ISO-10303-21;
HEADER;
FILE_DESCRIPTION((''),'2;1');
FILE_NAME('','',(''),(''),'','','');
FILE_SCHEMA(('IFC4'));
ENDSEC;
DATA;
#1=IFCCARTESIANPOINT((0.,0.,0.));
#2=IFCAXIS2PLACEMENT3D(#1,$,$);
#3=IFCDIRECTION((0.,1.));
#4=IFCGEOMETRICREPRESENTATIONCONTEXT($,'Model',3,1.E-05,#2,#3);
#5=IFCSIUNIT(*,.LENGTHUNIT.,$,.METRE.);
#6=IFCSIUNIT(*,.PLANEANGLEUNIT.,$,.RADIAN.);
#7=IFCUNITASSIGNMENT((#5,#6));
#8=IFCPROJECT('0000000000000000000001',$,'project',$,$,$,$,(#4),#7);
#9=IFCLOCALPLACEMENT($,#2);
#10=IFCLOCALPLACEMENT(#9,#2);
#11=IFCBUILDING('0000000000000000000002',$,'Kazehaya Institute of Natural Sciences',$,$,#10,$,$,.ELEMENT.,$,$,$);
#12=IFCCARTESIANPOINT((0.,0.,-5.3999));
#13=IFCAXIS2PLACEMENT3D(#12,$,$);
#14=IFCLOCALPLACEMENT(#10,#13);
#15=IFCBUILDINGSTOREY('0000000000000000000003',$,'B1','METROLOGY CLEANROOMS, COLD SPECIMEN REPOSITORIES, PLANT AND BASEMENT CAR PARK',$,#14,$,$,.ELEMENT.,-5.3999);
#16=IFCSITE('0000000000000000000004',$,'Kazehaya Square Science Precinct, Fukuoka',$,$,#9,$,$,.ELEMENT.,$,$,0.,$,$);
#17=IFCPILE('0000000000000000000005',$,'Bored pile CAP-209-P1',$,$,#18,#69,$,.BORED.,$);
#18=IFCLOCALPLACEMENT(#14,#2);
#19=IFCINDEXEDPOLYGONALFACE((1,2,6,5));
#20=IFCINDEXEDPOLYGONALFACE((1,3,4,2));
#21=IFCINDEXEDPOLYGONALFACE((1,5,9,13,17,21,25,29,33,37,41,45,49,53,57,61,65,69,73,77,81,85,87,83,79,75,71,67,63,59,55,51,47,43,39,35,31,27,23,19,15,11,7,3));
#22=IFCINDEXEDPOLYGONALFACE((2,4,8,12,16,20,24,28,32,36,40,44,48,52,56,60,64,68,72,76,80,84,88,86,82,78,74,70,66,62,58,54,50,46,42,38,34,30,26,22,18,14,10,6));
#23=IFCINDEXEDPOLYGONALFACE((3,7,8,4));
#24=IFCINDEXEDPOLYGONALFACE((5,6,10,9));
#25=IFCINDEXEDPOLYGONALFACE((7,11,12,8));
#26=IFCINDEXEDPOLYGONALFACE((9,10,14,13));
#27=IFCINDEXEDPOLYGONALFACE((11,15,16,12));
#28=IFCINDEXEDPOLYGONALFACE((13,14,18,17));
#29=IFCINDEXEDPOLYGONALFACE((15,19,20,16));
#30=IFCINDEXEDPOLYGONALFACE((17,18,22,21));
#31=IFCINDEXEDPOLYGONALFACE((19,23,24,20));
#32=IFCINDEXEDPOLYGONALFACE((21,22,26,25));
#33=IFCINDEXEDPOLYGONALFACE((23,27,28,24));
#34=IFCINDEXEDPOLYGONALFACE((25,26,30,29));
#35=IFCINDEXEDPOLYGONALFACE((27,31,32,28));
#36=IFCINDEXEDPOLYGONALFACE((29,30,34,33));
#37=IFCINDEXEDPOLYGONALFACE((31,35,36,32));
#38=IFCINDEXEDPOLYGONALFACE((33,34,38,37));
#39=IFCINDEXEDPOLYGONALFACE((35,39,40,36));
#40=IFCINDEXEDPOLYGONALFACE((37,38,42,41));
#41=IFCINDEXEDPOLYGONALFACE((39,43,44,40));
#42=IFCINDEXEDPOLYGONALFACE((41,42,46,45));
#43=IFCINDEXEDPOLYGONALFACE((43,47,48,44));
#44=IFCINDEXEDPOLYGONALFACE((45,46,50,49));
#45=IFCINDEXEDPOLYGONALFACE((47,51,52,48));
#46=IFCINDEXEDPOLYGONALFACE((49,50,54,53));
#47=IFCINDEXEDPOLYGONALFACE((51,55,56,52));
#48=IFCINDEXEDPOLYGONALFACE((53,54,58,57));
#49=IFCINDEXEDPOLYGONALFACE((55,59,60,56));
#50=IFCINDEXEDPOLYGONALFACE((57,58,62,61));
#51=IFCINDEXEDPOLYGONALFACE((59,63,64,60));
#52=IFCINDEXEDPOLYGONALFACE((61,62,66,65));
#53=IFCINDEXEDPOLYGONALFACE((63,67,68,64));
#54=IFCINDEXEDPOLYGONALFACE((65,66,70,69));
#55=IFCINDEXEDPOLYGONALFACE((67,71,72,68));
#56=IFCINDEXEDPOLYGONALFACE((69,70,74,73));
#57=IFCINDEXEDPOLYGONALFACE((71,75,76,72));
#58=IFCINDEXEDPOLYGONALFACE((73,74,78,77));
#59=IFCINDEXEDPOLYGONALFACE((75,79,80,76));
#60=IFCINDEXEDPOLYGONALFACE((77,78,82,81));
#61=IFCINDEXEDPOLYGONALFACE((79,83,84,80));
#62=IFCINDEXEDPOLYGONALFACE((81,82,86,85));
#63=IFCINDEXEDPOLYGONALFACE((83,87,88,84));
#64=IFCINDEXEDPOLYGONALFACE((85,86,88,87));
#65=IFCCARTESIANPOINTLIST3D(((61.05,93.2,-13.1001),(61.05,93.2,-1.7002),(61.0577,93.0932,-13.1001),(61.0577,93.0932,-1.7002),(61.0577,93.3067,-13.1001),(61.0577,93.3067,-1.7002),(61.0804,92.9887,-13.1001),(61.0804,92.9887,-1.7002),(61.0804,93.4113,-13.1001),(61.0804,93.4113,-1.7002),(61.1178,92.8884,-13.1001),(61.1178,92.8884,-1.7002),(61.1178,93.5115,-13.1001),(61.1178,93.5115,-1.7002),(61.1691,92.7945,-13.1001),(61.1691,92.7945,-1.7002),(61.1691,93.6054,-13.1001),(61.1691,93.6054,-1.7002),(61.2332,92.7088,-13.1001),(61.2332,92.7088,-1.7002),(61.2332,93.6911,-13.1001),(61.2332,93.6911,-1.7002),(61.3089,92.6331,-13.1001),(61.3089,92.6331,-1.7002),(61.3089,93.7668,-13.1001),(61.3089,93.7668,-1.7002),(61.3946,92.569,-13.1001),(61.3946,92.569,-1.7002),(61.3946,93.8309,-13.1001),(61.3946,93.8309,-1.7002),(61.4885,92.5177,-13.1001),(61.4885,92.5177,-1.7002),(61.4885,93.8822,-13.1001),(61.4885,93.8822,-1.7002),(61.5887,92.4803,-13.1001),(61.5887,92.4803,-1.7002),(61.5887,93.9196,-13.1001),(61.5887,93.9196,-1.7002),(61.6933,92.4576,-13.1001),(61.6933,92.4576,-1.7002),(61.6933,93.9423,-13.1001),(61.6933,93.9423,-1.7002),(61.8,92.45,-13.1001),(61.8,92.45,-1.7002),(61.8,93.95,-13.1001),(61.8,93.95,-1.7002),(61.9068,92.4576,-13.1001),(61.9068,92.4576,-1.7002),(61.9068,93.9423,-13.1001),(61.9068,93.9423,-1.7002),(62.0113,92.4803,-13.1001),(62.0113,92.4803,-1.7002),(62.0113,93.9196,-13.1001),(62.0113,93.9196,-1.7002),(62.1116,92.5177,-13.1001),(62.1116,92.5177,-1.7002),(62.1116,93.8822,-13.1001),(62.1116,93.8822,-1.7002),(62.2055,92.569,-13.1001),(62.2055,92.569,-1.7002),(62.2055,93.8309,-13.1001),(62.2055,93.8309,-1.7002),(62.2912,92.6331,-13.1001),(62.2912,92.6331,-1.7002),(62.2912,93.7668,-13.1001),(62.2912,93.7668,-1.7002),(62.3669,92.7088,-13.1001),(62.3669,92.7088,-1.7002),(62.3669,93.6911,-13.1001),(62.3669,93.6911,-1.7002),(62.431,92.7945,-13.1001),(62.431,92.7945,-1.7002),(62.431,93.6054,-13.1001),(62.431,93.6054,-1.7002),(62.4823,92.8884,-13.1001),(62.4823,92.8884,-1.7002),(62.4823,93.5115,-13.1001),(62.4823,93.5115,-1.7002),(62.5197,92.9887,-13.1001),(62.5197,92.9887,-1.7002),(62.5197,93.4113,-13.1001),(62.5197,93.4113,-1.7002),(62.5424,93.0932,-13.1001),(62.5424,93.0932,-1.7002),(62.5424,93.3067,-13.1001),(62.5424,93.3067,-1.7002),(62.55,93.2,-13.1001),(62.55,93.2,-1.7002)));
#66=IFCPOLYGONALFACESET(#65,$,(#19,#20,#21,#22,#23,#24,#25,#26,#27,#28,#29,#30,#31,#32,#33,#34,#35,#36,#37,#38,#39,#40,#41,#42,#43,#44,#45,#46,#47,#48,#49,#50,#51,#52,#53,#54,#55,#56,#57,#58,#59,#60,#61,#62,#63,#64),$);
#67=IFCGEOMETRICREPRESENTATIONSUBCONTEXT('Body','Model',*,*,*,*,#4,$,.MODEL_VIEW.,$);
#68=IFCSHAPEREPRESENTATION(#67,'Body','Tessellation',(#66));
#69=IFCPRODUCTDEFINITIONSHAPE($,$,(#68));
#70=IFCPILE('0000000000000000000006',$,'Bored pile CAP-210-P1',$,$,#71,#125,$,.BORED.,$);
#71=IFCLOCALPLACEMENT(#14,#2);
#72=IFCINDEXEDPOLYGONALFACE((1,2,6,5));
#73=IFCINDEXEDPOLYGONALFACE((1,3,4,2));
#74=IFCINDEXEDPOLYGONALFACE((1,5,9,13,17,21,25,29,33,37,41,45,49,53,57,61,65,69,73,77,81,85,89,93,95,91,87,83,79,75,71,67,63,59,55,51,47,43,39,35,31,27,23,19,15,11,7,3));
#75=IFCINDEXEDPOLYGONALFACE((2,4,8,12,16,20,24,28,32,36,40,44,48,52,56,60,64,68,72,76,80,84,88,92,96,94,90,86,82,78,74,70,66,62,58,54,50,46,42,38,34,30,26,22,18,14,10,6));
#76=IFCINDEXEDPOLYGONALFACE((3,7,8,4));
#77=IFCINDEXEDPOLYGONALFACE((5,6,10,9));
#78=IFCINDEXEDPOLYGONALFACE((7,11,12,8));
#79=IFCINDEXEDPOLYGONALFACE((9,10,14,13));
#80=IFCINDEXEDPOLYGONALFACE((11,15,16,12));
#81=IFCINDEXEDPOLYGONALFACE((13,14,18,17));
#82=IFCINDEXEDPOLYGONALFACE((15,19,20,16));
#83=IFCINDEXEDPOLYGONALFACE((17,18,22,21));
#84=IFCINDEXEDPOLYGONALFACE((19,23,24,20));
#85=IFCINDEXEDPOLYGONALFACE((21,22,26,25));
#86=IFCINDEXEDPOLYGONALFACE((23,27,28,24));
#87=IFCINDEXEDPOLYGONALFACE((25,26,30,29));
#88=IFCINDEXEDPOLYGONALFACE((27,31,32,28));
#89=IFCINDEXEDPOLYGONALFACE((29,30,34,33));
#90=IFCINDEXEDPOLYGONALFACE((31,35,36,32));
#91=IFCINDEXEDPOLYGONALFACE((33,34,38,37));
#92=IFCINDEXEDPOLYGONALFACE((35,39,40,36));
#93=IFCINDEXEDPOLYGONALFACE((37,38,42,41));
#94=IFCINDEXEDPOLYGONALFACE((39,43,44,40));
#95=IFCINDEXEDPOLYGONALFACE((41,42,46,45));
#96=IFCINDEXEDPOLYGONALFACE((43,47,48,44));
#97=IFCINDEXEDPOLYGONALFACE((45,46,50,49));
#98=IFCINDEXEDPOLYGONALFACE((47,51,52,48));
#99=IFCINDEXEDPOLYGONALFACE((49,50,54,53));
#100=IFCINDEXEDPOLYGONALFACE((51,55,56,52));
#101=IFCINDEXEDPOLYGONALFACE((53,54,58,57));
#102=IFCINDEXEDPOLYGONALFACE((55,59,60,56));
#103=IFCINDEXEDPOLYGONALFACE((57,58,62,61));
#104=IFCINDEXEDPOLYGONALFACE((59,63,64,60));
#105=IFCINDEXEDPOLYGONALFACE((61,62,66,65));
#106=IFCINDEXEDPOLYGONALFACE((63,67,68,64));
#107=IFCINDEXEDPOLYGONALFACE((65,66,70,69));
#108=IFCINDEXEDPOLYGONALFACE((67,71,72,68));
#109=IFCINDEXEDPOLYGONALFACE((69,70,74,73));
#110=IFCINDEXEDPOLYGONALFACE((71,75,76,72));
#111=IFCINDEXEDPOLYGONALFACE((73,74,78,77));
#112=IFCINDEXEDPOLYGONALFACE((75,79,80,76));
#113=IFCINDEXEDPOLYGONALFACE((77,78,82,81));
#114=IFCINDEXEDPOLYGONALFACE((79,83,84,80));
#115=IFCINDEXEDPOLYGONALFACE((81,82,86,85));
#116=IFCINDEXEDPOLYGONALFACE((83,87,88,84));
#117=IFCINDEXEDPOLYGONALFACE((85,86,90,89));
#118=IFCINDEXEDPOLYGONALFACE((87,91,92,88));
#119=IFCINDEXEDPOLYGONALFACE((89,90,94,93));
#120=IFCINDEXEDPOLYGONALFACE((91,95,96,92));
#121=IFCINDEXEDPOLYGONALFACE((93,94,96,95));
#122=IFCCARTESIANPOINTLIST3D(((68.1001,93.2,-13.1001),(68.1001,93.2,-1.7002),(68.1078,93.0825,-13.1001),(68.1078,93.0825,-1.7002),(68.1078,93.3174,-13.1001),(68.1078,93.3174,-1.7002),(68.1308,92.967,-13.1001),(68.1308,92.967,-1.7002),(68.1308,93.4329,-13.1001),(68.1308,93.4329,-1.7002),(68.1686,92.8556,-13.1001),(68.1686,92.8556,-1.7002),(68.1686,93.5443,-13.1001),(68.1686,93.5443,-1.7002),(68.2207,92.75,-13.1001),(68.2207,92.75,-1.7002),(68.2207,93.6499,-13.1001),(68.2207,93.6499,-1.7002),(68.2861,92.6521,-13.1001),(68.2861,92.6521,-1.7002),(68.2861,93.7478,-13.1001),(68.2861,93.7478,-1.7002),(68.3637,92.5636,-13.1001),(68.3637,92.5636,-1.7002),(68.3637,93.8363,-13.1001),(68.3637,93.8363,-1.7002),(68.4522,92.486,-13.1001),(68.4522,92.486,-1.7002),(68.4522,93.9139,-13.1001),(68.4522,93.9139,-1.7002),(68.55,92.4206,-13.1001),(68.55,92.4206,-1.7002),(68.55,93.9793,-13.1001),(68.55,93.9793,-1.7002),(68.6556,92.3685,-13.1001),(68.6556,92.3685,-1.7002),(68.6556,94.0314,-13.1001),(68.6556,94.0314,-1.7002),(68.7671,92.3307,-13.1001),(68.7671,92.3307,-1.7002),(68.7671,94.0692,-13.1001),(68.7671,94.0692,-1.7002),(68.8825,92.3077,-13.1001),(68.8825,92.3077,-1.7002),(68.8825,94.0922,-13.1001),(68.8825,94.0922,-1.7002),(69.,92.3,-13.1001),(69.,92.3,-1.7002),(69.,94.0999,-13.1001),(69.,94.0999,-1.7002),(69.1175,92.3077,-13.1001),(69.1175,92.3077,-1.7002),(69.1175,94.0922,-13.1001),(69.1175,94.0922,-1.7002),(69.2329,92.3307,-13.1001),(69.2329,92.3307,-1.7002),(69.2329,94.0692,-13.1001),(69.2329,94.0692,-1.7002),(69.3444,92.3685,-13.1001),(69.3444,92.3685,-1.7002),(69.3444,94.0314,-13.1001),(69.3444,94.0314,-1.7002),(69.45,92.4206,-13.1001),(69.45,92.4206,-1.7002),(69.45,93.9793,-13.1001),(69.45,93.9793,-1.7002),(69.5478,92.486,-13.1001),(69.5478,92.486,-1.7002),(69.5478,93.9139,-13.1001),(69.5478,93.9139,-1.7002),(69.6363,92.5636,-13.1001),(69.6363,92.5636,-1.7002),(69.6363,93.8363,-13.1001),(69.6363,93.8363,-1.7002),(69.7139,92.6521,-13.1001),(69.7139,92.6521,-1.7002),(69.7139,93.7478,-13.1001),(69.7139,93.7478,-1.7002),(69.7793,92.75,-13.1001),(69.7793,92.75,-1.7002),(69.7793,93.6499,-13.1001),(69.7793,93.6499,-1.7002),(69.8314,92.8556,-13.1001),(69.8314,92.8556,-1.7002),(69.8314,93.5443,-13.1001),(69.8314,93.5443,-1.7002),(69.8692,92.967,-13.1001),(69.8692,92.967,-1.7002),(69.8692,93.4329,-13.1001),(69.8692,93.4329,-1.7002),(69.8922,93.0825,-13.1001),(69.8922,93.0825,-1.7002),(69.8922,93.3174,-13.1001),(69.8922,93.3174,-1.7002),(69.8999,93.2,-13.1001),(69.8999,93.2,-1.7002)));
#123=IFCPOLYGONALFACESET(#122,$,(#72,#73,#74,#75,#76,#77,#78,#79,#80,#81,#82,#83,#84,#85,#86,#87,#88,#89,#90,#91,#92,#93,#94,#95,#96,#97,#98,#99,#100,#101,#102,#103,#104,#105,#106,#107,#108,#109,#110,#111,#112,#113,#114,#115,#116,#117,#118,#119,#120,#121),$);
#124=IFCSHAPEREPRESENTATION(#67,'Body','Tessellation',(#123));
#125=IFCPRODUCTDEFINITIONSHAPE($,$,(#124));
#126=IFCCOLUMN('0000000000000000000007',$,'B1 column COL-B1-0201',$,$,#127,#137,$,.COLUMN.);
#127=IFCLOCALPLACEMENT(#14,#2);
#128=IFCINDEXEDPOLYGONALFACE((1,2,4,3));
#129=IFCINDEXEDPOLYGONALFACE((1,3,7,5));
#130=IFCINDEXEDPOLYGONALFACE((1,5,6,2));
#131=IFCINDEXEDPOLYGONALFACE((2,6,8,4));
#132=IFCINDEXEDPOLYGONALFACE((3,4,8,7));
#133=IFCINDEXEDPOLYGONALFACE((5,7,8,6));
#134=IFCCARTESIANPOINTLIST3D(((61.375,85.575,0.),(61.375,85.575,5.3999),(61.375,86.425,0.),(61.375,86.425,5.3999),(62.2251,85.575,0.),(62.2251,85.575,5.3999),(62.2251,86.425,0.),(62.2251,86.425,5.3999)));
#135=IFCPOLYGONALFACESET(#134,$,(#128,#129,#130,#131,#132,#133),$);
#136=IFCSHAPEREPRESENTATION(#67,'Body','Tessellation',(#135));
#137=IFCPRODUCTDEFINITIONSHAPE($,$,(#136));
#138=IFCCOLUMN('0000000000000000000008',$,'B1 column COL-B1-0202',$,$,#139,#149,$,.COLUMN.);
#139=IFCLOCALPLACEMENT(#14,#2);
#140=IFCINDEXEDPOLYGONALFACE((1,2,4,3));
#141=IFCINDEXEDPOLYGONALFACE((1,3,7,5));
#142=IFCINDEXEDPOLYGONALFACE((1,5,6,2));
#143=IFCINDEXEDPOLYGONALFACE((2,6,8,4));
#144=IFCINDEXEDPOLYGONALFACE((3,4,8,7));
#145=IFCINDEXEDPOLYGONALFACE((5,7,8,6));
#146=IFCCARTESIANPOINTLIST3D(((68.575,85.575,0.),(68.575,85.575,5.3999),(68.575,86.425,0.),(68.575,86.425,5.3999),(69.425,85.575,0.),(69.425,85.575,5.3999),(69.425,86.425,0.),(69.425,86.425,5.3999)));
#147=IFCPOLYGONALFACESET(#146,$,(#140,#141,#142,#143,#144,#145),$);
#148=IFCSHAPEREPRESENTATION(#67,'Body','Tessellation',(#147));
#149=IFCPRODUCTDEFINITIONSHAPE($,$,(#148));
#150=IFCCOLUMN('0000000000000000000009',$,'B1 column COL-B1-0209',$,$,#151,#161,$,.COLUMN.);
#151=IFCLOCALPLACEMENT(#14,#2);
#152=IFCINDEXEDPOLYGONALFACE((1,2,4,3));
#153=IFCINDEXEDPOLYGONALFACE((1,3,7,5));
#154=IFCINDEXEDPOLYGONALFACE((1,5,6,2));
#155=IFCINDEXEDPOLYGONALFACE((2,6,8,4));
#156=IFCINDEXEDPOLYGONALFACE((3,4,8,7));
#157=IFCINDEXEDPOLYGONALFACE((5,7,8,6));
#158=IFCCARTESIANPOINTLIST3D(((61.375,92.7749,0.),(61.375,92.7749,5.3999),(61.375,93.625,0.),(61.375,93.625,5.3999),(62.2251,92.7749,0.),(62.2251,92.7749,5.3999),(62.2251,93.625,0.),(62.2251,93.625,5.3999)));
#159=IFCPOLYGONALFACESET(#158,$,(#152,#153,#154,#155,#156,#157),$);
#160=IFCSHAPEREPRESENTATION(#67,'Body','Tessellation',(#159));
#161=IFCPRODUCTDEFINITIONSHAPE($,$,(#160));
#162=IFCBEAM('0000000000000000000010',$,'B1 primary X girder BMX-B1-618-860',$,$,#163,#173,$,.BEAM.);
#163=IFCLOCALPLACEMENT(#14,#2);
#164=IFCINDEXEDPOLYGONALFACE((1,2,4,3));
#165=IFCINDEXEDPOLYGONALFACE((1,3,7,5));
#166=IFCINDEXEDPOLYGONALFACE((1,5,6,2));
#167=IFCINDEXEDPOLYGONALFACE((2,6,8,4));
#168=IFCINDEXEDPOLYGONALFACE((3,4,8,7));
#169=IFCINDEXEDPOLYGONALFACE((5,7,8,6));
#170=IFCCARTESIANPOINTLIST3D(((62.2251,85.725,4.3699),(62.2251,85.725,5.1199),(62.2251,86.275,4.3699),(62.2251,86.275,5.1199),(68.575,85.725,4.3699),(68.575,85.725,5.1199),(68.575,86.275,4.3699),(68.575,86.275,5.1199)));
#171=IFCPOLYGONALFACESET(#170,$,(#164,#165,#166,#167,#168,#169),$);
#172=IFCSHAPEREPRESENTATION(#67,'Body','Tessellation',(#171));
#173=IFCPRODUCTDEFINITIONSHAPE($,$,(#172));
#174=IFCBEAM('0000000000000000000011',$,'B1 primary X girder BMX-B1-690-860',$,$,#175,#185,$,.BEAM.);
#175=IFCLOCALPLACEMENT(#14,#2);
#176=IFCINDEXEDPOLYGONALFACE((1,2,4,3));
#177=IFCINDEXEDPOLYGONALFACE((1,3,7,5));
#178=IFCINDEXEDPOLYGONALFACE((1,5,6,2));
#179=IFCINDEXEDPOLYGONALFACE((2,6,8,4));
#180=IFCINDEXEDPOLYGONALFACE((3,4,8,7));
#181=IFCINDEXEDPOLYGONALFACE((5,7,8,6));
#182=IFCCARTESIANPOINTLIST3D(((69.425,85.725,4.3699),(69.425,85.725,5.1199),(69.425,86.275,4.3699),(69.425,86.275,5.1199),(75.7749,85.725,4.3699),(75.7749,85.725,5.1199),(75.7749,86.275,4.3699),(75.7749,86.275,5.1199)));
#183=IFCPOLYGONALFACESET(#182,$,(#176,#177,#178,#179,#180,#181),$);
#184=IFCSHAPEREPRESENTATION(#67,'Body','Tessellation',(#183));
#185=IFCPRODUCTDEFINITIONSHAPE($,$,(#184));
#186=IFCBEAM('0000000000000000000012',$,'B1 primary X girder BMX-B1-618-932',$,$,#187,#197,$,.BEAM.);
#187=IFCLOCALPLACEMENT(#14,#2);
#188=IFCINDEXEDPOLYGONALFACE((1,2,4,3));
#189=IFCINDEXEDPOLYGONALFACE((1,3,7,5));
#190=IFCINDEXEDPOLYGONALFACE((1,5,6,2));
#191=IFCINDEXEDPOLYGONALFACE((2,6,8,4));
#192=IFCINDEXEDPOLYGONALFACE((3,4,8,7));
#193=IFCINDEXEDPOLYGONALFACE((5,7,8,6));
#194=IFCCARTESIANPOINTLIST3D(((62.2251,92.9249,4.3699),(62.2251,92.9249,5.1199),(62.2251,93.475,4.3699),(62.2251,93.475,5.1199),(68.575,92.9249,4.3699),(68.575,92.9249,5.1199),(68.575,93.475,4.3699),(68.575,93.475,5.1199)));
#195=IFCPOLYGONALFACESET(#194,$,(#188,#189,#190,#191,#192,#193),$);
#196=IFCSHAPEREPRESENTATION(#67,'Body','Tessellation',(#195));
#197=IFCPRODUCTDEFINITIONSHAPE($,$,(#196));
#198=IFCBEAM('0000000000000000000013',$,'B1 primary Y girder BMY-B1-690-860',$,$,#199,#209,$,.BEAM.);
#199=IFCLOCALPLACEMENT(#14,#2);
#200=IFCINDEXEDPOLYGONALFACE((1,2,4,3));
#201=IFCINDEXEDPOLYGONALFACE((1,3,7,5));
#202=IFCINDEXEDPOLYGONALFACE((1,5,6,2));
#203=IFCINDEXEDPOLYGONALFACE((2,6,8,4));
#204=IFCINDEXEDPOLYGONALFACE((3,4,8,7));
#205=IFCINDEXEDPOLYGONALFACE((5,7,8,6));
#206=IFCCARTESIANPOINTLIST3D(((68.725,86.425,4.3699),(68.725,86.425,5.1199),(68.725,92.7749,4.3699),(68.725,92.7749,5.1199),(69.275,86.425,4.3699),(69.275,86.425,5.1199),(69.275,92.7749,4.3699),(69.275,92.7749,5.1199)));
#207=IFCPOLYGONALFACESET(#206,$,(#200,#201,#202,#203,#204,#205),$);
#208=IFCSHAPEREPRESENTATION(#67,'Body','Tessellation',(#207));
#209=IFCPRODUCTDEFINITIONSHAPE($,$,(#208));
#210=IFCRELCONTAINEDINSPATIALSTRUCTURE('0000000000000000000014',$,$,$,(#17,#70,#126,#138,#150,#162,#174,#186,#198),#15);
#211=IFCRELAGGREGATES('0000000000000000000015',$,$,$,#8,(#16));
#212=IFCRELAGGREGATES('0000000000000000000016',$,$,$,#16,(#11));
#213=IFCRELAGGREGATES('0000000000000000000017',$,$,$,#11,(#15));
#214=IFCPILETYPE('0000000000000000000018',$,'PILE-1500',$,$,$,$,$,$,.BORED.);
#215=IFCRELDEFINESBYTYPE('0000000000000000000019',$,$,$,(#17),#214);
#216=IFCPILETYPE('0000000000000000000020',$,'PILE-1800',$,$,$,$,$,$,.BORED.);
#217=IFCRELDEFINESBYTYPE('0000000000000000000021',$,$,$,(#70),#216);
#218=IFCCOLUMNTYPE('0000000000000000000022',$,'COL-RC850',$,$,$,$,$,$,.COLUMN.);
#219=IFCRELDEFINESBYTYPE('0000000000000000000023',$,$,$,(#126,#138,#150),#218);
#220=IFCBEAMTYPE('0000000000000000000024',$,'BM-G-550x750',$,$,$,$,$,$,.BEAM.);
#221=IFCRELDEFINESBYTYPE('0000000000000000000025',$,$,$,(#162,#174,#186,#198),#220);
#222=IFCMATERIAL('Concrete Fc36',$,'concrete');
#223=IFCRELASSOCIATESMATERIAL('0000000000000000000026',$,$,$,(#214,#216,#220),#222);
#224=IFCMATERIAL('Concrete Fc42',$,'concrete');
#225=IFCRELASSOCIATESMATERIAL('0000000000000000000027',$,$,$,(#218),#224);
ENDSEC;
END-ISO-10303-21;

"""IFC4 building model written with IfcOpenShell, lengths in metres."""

from ifc_helpers import new_model, si_unit, direction, frame, origin, origin_2d, place, context, subcontext, project, spatial, rectangle, circle, extrude, material, material_profile, profile_set, type_object, element, save


model = new_model("IFC4")

# Units and contexts
model_context = context("Model", 3, precision=1e-05, world=origin(), true_north=direction((0.0, 1.0)))
body_context = subcontext(model_context, "Body", "Model", "MODEL_VIEW")
ifc_project = project(units=[si_unit("LENGTHUNIT", "METRE"), si_unit("PLANEANGLEUNIT", "RADIAN")], contexts=[model_context])

# Site, building, storey
site_placement = place(None, origin())
site = spatial("IfcSite", under=ifc_project, at=site_placement, Name="Kazehaya Square Science Precinct, Fukuoka", CompositionType="ELEMENT", RefElevation=0.0)
building_placement = place(site_placement, origin())
building = spatial("IfcBuilding", under=site, at=building_placement, Name="Kazehaya Institute of Natural Sciences", CompositionType="ELEMENT")
storey_placement = place(building_placement, frame((0.0, 0.0, -5.3999)))
storey = spatial("IfcBuildingStorey", under=building, at=storey_placement, Name="B1", Description="METROLOGY CLEANROOMS, COLD SPECIMEN REPOSITORIES, PLANT AND BASEMENT CAR PARK", CompositionType="ELEMENT", Elevation=-5.3999)

# Shared definitions
ifc_material_1 = material(Name="Concrete Fc36", Category="concrete")

# Piles
ifc_material_profile_1 = material_profile(ifc_material_1, circle(Radius=0.75, at=origin_2d()), Name="PILE-1500")
ifc_profile_set_1 = profile_set([ifc_material_profile_1], Name="Concrete Fc36")
pile_type_1 = type_object("IfcPileType", Name="PILE-1500", PredefinedType="BORED", material=ifc_profile_set_1)
for number, where, z_axis, x_axis, name in (
    (1, (61.8, 93.2, -1.7002), (0.0, 0.0, -1.0), (1.0, 0.0, 0.0), "Bored pile CAP-209-P1"),
):
    element("IfcPile", number, at=place(storey_placement, frame(where, z_axis=z_axis, x_axis=x_axis)), inside=storey, type_object=pile_type_1, Name=name, PredefinedType="BORED", context=body_context, shape_type="SweptSolid", body=[
        extrude(circle(Radius=0.75, at=origin_2d()), origin(), (0.0, 0.0, 1.0), 11.3999),
    ])
ifc_material_profile_2 = material_profile(ifc_material_1, circle(Radius=0.8999, at=origin_2d()), Name="PILE-1800")
ifc_profile_set_2 = profile_set([ifc_material_profile_2], Name="Concrete Fc36")
pile_type_2 = type_object("IfcPileType", Name="PILE-1800", PredefinedType="BORED", material=ifc_profile_set_2)
pile_1_placement = place(storey_placement, frame((69.0, 93.2, -1.7002), z_axis=(0.0, 0.0, -1.0), x_axis=(1.0, 0.0, 0.0)))
element("IfcPile", 2, at=pile_1_placement, inside=storey, type_object=pile_type_2, Name="Bored pile CAP-210-P1", PredefinedType="BORED", context=body_context, shape_type="SweptSolid", body=[
    extrude(circle(Radius=0.8999, at=origin_2d()), origin(), (0.0, 0.0, 1.0), 11.3999),
])

# Columns
ifc_material_2 = material(Name="Concrete Fc42", Category="concrete")
ifc_material_profile_3 = material_profile(ifc_material_2, rectangle(XDim=0.8501, YDim=0.8501, at=origin_2d()), Name="RC-850x850")
ifc_profile_set_3 = profile_set([ifc_material_profile_3], Name="Concrete Fc42")
column_type = type_object("IfcColumnType", Name="COL-RC850", PredefinedType="COLUMN", material=ifc_profile_set_3)
for number, where, z_axis, x_axis, name in (
    (3, (61.8, 86.0, 0.0), (0.0, 0.0, 1.0), (1.0, 0.0, 0.0), "B1 column COL-B1-0201"),
    (4, (69.0, 86.0, 0.0), (0.0, 0.0, 1.0), (1.0, 0.0, 0.0), "B1 column COL-B1-0202"),
    (5, (61.8, 93.2, 0.0), (0.0, 0.0, 1.0), (1.0, 0.0, 0.0), "B1 column COL-B1-0209"),
):
    element("IfcColumn", number, at=place(storey_placement, frame(where, z_axis=z_axis, x_axis=x_axis)), inside=storey, type_object=column_type, Name=name, PredefinedType="COLUMN", context=body_context, shape_type="SweptSolid", body=[
        extrude(rectangle(XDim=0.8501, YDim=0.8501, at=origin_2d()), origin(), (0.0, 0.0, 1.0), 5.3999),
    ])

# Beams
ifc_material_profile_4 = material_profile(ifc_material_1, rectangle(XDim=0.55, YDim=0.75, at=origin_2d()), Name="RC-550x750")
ifc_profile_set_4 = profile_set([ifc_material_profile_4], Name="Concrete Fc36")
beam_type_1 = type_object("IfcBeamType", Name="BM-G-550x750", PredefinedType="BEAM", material=ifc_profile_set_4)
for number, where, z_axis, x_axis, name in (
    (6, (62.2251, 86.0, 4.7449), (1.0, 0.0, 0.0), (0.0, 1.0, 0.0), "B1 primary X girder BMX-B1-618-860"),
    (7, (69.425, 86.0, 4.7449), (1.0, 0.0, 0.0), (0.0, 1.0, 0.0), "B1 primary X girder BMX-B1-690-860"),
    (8, (62.2251, 93.2, 4.7449), (1.0, 0.0, 0.0), (0.0, 1.0, 0.0), "B1 primary X girder BMX-B1-618-932"),
    (9, (69.0, 86.425, 4.7449), (0.0, 1.0, 0.0), (-1.0, 0.0, 0.0), "B1 primary Y girder BMY-B1-690-860"),
):
    element("IfcBeam", number, at=place(storey_placement, frame(where, z_axis=z_axis, x_axis=x_axis)), inside=storey, type_object=beam_type_1, Name=name, PredefinedType="BEAM", context=body_context, shape_type="SweptSolid", body=[
        extrude(rectangle(XDim=0.55, YDim=0.75, at=origin_2d()), origin(), (0.0, 0.0, 1.0), 6.3499),
    ])

save(model, "model.ifc")
